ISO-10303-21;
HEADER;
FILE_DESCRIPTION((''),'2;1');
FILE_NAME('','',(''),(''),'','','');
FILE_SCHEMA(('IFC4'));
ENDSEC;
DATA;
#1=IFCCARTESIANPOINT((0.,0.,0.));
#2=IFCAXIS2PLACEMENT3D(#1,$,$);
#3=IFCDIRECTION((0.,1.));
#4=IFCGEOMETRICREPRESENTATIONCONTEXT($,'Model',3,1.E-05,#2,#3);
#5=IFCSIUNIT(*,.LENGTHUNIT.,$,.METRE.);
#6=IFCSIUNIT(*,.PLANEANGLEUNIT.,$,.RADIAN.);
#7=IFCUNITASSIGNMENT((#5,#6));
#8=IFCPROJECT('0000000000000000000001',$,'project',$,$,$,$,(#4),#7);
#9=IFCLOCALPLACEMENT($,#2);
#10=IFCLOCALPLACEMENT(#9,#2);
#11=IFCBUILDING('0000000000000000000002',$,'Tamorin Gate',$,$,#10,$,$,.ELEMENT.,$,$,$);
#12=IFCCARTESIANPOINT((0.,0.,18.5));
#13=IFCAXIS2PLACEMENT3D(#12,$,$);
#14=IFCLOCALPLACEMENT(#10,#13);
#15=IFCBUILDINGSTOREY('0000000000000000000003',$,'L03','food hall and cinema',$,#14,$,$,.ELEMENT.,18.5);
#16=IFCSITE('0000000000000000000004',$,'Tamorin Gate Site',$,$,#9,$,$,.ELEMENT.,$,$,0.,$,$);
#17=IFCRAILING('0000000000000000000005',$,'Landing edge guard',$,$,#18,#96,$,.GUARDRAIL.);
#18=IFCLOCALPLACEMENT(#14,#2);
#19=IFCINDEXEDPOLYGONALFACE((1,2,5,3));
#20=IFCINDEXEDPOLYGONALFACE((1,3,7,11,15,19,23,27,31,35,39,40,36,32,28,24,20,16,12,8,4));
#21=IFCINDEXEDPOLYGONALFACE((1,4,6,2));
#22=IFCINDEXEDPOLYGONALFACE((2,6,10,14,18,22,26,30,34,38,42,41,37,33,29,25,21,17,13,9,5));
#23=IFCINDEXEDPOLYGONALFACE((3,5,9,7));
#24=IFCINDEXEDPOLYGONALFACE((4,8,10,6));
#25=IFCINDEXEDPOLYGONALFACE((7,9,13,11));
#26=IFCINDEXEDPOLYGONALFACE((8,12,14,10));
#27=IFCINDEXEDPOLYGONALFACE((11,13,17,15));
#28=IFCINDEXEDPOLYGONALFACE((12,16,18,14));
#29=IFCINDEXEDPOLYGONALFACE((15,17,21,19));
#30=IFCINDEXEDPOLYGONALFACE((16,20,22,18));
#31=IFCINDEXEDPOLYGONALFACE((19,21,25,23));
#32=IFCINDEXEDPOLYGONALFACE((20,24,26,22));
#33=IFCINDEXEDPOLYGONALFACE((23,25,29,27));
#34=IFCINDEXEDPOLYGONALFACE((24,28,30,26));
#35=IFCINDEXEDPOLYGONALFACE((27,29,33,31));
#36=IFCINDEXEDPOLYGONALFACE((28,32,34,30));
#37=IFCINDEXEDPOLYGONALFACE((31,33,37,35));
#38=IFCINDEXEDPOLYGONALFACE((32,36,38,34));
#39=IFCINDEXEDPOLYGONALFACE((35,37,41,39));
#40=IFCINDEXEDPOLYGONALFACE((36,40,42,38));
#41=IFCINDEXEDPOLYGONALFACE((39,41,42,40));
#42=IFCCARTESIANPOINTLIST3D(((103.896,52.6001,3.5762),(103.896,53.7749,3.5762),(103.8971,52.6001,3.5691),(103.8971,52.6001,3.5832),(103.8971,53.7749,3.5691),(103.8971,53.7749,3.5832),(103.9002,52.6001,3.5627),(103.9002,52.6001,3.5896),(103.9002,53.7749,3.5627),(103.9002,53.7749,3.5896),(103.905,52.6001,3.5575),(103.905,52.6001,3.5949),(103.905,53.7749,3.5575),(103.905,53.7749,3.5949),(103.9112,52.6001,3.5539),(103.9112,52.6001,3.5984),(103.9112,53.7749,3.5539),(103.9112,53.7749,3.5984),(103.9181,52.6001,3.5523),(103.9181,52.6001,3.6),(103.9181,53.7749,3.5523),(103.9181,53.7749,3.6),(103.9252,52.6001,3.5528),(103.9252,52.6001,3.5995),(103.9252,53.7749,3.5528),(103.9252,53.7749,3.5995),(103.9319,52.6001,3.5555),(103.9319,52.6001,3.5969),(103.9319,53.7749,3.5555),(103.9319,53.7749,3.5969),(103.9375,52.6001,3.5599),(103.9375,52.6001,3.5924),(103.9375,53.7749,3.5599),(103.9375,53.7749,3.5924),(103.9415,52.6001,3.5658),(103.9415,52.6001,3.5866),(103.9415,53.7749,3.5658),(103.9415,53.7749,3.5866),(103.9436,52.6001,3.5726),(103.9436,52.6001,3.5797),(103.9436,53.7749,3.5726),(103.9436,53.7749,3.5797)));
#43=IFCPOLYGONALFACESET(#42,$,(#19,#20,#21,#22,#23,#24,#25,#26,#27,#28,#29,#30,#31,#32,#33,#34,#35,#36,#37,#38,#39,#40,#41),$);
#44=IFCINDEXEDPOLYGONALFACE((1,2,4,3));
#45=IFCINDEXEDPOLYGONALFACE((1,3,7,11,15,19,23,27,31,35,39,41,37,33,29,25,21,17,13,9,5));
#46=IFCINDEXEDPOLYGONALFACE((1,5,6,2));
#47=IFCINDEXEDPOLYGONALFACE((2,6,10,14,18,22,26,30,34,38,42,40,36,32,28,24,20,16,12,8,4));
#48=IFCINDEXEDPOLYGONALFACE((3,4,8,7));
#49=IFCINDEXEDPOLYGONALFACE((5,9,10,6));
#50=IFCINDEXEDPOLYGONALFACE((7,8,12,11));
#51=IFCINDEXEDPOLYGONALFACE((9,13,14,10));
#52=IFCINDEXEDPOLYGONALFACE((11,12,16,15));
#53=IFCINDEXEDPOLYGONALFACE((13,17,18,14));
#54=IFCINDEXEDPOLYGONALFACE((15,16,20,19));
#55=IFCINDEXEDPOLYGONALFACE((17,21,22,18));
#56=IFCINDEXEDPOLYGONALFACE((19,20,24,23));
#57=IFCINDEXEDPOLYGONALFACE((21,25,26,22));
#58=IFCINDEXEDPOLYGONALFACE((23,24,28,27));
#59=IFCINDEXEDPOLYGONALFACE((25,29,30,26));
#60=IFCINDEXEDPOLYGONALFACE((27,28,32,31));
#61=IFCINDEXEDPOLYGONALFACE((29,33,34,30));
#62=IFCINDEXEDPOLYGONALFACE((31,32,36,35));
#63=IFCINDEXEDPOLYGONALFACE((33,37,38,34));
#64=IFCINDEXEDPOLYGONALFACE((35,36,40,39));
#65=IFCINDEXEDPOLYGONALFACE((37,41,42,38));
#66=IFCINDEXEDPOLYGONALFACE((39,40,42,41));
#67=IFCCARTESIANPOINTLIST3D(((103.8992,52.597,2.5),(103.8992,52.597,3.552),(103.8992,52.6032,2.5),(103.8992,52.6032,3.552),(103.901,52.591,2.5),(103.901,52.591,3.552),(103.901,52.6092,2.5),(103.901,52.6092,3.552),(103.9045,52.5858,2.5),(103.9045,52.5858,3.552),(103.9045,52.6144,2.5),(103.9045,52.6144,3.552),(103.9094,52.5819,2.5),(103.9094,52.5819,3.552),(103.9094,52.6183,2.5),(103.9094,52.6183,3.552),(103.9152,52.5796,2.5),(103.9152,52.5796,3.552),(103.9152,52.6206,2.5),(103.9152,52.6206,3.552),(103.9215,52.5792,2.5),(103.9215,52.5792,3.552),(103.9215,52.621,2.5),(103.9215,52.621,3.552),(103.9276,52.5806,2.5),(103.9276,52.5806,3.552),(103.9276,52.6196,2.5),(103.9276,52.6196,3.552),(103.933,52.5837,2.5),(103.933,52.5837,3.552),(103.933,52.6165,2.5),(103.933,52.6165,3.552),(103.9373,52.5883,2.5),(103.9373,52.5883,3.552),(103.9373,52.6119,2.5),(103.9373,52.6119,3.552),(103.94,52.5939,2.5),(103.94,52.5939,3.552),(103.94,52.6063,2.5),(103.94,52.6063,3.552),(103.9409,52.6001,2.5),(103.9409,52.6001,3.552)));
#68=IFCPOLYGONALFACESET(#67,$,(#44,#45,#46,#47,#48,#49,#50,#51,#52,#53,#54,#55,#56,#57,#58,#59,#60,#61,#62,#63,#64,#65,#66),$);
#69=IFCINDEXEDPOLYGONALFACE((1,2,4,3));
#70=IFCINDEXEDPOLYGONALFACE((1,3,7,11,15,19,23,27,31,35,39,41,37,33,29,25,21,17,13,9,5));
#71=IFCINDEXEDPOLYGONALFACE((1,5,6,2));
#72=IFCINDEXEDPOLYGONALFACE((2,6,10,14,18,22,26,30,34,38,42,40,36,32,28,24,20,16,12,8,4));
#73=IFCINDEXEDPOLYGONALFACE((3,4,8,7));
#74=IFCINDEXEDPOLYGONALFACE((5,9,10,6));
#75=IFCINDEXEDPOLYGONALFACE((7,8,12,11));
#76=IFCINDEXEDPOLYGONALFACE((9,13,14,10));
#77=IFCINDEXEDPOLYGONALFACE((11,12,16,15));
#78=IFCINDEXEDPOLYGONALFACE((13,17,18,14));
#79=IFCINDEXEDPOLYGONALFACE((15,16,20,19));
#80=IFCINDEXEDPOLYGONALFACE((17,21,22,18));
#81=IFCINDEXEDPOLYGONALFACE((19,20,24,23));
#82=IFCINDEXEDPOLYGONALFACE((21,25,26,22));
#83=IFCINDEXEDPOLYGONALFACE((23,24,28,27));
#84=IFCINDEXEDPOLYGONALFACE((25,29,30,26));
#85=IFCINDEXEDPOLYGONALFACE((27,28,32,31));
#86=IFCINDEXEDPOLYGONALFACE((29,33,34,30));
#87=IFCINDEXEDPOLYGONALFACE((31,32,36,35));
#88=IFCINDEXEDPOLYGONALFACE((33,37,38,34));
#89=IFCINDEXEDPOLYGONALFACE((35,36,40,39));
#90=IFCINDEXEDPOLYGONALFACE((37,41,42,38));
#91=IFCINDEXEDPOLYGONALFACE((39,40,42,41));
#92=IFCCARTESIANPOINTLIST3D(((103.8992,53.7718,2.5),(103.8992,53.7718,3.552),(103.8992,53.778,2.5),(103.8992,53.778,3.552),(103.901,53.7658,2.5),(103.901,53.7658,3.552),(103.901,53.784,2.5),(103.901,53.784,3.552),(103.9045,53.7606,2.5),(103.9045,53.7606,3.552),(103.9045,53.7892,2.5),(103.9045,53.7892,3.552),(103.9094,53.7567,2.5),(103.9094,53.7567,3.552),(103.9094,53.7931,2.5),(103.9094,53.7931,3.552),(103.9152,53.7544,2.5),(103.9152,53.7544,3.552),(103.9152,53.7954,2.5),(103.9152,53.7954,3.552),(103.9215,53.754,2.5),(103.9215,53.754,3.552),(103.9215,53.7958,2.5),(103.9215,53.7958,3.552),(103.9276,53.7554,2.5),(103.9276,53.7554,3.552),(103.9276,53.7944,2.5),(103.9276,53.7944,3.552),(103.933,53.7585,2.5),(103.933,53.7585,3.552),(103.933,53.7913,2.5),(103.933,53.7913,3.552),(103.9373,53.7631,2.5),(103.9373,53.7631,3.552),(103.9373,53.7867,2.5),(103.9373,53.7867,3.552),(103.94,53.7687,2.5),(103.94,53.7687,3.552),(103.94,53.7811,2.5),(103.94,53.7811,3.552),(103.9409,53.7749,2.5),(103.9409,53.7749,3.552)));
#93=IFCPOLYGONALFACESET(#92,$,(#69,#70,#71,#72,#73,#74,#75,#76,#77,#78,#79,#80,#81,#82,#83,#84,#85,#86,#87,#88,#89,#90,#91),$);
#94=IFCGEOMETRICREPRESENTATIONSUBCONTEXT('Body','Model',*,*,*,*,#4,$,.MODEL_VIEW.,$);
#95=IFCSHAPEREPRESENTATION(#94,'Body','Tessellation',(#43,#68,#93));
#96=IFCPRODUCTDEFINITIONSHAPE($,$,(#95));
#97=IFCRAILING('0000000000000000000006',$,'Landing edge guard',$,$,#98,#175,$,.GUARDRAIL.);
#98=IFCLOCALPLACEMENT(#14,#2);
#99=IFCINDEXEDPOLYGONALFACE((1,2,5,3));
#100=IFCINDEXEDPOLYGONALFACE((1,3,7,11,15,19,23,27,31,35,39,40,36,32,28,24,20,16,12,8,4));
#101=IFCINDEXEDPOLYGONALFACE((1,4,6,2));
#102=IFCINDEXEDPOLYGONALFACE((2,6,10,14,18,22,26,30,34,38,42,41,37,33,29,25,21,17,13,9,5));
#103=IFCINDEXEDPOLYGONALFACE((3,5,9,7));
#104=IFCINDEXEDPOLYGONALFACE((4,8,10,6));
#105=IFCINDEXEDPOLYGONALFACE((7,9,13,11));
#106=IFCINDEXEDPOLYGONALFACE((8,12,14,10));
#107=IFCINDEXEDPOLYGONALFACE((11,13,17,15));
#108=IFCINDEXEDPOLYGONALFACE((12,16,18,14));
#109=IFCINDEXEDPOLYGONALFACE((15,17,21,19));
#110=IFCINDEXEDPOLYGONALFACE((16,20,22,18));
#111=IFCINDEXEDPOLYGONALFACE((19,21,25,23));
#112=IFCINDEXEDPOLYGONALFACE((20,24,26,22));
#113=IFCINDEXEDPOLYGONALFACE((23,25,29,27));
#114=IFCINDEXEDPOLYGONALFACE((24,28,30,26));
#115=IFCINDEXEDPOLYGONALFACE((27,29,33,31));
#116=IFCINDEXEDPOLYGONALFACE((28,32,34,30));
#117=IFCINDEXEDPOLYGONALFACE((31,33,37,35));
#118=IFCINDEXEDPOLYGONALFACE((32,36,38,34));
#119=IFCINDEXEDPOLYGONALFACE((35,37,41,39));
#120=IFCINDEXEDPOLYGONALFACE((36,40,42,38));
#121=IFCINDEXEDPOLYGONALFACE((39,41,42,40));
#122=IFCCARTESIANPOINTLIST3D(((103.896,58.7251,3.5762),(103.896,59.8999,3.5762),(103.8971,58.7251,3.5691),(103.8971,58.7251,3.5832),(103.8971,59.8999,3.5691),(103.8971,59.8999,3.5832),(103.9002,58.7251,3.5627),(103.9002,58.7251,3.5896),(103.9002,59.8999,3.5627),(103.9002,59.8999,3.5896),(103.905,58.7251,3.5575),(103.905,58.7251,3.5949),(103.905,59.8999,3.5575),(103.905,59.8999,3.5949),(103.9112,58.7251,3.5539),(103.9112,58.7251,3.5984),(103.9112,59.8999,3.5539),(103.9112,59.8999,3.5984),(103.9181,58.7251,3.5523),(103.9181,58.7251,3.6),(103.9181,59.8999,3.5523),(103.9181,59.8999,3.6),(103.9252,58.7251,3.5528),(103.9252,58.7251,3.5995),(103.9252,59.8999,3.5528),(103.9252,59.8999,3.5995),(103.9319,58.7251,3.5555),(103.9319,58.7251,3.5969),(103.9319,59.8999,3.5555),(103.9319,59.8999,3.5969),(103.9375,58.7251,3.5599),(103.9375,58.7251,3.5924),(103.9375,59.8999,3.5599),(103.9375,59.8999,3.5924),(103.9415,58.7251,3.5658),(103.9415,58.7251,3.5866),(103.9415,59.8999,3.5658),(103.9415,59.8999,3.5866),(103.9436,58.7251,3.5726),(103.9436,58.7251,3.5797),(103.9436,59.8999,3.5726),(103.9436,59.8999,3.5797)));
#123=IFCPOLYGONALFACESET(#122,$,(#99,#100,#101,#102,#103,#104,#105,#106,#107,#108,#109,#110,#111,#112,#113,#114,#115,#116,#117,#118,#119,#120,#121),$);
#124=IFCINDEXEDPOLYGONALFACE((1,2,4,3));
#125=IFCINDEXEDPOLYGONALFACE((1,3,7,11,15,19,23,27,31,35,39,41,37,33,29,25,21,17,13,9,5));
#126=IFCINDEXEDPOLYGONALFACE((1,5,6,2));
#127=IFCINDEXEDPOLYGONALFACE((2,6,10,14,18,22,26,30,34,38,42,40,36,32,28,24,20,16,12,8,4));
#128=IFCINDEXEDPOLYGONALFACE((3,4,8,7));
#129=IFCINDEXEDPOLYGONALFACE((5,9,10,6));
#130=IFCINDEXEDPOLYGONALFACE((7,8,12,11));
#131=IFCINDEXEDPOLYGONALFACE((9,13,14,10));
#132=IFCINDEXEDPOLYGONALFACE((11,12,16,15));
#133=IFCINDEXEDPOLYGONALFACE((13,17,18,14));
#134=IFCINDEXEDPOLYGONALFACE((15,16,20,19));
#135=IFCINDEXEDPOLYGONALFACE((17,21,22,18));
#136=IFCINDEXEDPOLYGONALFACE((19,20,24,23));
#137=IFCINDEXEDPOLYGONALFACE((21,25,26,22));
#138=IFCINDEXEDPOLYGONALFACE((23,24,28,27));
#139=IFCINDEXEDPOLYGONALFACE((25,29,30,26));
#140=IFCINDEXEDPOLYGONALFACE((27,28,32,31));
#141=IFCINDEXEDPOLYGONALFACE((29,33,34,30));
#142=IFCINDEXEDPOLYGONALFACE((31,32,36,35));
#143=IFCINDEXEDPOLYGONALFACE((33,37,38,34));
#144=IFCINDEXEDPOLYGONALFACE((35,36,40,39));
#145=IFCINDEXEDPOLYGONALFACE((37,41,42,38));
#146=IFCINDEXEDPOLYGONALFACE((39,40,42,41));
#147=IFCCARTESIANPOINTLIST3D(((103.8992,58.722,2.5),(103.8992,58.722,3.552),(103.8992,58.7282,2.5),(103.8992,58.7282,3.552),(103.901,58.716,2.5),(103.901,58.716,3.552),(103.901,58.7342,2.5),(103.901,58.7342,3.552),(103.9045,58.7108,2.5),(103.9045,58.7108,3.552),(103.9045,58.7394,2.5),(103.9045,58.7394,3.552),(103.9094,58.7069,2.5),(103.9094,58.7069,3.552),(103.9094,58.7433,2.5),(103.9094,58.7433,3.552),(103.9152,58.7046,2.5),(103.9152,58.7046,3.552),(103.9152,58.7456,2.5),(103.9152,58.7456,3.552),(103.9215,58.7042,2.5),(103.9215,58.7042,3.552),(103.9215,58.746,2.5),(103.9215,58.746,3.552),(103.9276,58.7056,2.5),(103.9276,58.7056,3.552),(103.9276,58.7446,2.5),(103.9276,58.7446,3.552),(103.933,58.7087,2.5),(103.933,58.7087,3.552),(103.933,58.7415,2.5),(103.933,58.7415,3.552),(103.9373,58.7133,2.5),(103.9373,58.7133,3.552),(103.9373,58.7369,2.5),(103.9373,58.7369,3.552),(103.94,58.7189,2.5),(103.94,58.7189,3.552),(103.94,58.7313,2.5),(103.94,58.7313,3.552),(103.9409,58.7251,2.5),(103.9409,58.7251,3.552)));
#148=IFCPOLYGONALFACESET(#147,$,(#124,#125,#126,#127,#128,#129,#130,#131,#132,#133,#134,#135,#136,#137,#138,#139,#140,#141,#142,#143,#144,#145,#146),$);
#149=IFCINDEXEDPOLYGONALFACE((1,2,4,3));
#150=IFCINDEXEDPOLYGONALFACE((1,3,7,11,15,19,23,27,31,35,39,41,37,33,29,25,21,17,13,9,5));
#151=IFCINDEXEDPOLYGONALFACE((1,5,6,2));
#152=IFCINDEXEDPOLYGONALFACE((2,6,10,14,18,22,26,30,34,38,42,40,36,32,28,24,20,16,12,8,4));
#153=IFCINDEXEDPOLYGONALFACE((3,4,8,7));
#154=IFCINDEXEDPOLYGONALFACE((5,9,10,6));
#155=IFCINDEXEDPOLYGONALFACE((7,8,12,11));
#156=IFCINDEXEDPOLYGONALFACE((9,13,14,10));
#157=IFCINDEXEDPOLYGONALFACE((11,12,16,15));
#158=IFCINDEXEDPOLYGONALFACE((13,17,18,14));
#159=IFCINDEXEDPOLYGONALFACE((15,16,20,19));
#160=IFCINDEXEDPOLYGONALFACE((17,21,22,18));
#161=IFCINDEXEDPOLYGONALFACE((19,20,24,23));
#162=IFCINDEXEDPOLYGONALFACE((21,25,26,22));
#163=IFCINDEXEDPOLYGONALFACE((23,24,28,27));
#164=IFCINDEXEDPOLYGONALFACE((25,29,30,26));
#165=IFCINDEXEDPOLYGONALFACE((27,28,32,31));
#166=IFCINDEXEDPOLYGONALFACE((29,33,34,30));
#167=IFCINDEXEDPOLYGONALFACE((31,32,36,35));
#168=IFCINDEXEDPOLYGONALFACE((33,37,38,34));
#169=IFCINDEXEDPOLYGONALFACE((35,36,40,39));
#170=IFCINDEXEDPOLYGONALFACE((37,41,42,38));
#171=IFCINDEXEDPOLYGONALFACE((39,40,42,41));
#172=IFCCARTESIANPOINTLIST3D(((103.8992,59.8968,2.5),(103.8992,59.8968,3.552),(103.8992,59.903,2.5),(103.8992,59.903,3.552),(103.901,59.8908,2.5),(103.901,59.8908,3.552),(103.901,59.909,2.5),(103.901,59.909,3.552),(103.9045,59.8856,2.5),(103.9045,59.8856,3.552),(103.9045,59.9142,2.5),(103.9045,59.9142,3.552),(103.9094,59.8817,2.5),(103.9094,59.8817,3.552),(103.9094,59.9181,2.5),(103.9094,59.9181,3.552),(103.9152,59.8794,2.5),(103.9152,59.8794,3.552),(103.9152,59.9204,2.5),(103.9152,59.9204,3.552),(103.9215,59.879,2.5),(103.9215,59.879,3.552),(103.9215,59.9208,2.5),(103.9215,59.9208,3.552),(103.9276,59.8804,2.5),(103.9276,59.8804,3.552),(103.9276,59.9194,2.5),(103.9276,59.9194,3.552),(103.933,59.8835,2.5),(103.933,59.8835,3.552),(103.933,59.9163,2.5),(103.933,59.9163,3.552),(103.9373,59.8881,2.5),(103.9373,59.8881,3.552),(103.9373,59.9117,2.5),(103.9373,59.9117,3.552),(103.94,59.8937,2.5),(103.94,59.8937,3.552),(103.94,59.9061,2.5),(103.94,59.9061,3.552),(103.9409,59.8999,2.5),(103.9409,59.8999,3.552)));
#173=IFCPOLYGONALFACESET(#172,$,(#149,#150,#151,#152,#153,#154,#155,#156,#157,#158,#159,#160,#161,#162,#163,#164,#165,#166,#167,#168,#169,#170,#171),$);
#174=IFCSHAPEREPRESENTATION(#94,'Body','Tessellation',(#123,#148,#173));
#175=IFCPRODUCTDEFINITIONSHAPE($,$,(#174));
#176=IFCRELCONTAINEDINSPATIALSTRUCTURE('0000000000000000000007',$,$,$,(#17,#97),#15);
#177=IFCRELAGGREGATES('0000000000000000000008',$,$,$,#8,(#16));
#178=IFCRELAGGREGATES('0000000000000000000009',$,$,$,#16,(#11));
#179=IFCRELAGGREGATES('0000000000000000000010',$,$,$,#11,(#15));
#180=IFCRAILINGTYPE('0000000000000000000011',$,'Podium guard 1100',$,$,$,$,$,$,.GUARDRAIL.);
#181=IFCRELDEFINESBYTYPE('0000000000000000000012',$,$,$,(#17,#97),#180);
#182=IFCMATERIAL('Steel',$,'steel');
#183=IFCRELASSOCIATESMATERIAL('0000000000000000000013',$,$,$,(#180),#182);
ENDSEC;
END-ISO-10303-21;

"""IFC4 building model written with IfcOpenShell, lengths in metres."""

from ifc_helpers import new_model, si_unit, direction, frame, origin, origin_2d, place, context, subcontext, project, spatial, circle, extrude, material, type_object, element, save


model = new_model("IFC4")

# Units and contexts
model_context = context("Model", 3, precision=1e-05, world=origin(), true_north=direction((0.0, 1.0)))
body_context = subcontext(model_context, "Body", "Model", "MODEL_VIEW")
ifc_project = project(units=[si_unit("LENGTHUNIT", "METRE"), si_unit("PLANEANGLEUNIT", "RADIAN")], contexts=[model_context])

# Site, building, storey
site_placement = place(None, origin())
site = spatial("IfcSite", under=ifc_project, at=site_placement, Name="Tamorin Gate Site", CompositionType="ELEMENT", RefElevation=0.0)
building_placement = place(site_placement, origin())
building = spatial("IfcBuilding", under=site, at=building_placement, Name="Tamorin Gate", CompositionType="ELEMENT")
storey_placement = place(building_placement, frame((0.0, 0.0, 18.5)))
storey = spatial("IfcBuildingStorey", under=building, at=storey_placement, Name="L03", Description="food hall and cinema", CompositionType="ELEMENT", Elevation=18.5)

# Railings
ifc_material_1 = material(Name="Steel", Category="steel")
railing_type_1 = type_object("IfcRailingType", Name="Podium guard 1100", PredefinedType="GUARDRAIL", material=ifc_material_1)
for number, where, name in (
    (1, (103.9199, 52.6001, 2.5), "Landing edge guard"),
    (2, (103.9199, 58.7251, 2.5), "Landing edge guard"),
):
    element("IfcRailing", number, at=place(storey_placement, frame(where)), inside=storey, type_object=railing_type_1, Name=name, PredefinedType="GUARDRAIL", context=body_context, shape_type="SweptSolid", body=[
        extrude(circle(Radius=0.0239, at=origin_2d()), frame((0.0, 0.0, 1.0762), z_axis=(0.0, 1.0, 0.0), x_axis=(-1.0, 0.0, 0.0)), (0.0, 0.0, 1.0), 1.1748),
        extrude(circle(Radius=0.021, at=origin_2d()), origin(), (0.0, 0.0, 1.0), 1.052),
        extrude(circle(Radius=0.021, at=origin_2d()), frame((0.0, 1.1748, 0.0)), (0.0, 0.0, 1.0), 1.052),
    ])

save(model, "model.ifc")
